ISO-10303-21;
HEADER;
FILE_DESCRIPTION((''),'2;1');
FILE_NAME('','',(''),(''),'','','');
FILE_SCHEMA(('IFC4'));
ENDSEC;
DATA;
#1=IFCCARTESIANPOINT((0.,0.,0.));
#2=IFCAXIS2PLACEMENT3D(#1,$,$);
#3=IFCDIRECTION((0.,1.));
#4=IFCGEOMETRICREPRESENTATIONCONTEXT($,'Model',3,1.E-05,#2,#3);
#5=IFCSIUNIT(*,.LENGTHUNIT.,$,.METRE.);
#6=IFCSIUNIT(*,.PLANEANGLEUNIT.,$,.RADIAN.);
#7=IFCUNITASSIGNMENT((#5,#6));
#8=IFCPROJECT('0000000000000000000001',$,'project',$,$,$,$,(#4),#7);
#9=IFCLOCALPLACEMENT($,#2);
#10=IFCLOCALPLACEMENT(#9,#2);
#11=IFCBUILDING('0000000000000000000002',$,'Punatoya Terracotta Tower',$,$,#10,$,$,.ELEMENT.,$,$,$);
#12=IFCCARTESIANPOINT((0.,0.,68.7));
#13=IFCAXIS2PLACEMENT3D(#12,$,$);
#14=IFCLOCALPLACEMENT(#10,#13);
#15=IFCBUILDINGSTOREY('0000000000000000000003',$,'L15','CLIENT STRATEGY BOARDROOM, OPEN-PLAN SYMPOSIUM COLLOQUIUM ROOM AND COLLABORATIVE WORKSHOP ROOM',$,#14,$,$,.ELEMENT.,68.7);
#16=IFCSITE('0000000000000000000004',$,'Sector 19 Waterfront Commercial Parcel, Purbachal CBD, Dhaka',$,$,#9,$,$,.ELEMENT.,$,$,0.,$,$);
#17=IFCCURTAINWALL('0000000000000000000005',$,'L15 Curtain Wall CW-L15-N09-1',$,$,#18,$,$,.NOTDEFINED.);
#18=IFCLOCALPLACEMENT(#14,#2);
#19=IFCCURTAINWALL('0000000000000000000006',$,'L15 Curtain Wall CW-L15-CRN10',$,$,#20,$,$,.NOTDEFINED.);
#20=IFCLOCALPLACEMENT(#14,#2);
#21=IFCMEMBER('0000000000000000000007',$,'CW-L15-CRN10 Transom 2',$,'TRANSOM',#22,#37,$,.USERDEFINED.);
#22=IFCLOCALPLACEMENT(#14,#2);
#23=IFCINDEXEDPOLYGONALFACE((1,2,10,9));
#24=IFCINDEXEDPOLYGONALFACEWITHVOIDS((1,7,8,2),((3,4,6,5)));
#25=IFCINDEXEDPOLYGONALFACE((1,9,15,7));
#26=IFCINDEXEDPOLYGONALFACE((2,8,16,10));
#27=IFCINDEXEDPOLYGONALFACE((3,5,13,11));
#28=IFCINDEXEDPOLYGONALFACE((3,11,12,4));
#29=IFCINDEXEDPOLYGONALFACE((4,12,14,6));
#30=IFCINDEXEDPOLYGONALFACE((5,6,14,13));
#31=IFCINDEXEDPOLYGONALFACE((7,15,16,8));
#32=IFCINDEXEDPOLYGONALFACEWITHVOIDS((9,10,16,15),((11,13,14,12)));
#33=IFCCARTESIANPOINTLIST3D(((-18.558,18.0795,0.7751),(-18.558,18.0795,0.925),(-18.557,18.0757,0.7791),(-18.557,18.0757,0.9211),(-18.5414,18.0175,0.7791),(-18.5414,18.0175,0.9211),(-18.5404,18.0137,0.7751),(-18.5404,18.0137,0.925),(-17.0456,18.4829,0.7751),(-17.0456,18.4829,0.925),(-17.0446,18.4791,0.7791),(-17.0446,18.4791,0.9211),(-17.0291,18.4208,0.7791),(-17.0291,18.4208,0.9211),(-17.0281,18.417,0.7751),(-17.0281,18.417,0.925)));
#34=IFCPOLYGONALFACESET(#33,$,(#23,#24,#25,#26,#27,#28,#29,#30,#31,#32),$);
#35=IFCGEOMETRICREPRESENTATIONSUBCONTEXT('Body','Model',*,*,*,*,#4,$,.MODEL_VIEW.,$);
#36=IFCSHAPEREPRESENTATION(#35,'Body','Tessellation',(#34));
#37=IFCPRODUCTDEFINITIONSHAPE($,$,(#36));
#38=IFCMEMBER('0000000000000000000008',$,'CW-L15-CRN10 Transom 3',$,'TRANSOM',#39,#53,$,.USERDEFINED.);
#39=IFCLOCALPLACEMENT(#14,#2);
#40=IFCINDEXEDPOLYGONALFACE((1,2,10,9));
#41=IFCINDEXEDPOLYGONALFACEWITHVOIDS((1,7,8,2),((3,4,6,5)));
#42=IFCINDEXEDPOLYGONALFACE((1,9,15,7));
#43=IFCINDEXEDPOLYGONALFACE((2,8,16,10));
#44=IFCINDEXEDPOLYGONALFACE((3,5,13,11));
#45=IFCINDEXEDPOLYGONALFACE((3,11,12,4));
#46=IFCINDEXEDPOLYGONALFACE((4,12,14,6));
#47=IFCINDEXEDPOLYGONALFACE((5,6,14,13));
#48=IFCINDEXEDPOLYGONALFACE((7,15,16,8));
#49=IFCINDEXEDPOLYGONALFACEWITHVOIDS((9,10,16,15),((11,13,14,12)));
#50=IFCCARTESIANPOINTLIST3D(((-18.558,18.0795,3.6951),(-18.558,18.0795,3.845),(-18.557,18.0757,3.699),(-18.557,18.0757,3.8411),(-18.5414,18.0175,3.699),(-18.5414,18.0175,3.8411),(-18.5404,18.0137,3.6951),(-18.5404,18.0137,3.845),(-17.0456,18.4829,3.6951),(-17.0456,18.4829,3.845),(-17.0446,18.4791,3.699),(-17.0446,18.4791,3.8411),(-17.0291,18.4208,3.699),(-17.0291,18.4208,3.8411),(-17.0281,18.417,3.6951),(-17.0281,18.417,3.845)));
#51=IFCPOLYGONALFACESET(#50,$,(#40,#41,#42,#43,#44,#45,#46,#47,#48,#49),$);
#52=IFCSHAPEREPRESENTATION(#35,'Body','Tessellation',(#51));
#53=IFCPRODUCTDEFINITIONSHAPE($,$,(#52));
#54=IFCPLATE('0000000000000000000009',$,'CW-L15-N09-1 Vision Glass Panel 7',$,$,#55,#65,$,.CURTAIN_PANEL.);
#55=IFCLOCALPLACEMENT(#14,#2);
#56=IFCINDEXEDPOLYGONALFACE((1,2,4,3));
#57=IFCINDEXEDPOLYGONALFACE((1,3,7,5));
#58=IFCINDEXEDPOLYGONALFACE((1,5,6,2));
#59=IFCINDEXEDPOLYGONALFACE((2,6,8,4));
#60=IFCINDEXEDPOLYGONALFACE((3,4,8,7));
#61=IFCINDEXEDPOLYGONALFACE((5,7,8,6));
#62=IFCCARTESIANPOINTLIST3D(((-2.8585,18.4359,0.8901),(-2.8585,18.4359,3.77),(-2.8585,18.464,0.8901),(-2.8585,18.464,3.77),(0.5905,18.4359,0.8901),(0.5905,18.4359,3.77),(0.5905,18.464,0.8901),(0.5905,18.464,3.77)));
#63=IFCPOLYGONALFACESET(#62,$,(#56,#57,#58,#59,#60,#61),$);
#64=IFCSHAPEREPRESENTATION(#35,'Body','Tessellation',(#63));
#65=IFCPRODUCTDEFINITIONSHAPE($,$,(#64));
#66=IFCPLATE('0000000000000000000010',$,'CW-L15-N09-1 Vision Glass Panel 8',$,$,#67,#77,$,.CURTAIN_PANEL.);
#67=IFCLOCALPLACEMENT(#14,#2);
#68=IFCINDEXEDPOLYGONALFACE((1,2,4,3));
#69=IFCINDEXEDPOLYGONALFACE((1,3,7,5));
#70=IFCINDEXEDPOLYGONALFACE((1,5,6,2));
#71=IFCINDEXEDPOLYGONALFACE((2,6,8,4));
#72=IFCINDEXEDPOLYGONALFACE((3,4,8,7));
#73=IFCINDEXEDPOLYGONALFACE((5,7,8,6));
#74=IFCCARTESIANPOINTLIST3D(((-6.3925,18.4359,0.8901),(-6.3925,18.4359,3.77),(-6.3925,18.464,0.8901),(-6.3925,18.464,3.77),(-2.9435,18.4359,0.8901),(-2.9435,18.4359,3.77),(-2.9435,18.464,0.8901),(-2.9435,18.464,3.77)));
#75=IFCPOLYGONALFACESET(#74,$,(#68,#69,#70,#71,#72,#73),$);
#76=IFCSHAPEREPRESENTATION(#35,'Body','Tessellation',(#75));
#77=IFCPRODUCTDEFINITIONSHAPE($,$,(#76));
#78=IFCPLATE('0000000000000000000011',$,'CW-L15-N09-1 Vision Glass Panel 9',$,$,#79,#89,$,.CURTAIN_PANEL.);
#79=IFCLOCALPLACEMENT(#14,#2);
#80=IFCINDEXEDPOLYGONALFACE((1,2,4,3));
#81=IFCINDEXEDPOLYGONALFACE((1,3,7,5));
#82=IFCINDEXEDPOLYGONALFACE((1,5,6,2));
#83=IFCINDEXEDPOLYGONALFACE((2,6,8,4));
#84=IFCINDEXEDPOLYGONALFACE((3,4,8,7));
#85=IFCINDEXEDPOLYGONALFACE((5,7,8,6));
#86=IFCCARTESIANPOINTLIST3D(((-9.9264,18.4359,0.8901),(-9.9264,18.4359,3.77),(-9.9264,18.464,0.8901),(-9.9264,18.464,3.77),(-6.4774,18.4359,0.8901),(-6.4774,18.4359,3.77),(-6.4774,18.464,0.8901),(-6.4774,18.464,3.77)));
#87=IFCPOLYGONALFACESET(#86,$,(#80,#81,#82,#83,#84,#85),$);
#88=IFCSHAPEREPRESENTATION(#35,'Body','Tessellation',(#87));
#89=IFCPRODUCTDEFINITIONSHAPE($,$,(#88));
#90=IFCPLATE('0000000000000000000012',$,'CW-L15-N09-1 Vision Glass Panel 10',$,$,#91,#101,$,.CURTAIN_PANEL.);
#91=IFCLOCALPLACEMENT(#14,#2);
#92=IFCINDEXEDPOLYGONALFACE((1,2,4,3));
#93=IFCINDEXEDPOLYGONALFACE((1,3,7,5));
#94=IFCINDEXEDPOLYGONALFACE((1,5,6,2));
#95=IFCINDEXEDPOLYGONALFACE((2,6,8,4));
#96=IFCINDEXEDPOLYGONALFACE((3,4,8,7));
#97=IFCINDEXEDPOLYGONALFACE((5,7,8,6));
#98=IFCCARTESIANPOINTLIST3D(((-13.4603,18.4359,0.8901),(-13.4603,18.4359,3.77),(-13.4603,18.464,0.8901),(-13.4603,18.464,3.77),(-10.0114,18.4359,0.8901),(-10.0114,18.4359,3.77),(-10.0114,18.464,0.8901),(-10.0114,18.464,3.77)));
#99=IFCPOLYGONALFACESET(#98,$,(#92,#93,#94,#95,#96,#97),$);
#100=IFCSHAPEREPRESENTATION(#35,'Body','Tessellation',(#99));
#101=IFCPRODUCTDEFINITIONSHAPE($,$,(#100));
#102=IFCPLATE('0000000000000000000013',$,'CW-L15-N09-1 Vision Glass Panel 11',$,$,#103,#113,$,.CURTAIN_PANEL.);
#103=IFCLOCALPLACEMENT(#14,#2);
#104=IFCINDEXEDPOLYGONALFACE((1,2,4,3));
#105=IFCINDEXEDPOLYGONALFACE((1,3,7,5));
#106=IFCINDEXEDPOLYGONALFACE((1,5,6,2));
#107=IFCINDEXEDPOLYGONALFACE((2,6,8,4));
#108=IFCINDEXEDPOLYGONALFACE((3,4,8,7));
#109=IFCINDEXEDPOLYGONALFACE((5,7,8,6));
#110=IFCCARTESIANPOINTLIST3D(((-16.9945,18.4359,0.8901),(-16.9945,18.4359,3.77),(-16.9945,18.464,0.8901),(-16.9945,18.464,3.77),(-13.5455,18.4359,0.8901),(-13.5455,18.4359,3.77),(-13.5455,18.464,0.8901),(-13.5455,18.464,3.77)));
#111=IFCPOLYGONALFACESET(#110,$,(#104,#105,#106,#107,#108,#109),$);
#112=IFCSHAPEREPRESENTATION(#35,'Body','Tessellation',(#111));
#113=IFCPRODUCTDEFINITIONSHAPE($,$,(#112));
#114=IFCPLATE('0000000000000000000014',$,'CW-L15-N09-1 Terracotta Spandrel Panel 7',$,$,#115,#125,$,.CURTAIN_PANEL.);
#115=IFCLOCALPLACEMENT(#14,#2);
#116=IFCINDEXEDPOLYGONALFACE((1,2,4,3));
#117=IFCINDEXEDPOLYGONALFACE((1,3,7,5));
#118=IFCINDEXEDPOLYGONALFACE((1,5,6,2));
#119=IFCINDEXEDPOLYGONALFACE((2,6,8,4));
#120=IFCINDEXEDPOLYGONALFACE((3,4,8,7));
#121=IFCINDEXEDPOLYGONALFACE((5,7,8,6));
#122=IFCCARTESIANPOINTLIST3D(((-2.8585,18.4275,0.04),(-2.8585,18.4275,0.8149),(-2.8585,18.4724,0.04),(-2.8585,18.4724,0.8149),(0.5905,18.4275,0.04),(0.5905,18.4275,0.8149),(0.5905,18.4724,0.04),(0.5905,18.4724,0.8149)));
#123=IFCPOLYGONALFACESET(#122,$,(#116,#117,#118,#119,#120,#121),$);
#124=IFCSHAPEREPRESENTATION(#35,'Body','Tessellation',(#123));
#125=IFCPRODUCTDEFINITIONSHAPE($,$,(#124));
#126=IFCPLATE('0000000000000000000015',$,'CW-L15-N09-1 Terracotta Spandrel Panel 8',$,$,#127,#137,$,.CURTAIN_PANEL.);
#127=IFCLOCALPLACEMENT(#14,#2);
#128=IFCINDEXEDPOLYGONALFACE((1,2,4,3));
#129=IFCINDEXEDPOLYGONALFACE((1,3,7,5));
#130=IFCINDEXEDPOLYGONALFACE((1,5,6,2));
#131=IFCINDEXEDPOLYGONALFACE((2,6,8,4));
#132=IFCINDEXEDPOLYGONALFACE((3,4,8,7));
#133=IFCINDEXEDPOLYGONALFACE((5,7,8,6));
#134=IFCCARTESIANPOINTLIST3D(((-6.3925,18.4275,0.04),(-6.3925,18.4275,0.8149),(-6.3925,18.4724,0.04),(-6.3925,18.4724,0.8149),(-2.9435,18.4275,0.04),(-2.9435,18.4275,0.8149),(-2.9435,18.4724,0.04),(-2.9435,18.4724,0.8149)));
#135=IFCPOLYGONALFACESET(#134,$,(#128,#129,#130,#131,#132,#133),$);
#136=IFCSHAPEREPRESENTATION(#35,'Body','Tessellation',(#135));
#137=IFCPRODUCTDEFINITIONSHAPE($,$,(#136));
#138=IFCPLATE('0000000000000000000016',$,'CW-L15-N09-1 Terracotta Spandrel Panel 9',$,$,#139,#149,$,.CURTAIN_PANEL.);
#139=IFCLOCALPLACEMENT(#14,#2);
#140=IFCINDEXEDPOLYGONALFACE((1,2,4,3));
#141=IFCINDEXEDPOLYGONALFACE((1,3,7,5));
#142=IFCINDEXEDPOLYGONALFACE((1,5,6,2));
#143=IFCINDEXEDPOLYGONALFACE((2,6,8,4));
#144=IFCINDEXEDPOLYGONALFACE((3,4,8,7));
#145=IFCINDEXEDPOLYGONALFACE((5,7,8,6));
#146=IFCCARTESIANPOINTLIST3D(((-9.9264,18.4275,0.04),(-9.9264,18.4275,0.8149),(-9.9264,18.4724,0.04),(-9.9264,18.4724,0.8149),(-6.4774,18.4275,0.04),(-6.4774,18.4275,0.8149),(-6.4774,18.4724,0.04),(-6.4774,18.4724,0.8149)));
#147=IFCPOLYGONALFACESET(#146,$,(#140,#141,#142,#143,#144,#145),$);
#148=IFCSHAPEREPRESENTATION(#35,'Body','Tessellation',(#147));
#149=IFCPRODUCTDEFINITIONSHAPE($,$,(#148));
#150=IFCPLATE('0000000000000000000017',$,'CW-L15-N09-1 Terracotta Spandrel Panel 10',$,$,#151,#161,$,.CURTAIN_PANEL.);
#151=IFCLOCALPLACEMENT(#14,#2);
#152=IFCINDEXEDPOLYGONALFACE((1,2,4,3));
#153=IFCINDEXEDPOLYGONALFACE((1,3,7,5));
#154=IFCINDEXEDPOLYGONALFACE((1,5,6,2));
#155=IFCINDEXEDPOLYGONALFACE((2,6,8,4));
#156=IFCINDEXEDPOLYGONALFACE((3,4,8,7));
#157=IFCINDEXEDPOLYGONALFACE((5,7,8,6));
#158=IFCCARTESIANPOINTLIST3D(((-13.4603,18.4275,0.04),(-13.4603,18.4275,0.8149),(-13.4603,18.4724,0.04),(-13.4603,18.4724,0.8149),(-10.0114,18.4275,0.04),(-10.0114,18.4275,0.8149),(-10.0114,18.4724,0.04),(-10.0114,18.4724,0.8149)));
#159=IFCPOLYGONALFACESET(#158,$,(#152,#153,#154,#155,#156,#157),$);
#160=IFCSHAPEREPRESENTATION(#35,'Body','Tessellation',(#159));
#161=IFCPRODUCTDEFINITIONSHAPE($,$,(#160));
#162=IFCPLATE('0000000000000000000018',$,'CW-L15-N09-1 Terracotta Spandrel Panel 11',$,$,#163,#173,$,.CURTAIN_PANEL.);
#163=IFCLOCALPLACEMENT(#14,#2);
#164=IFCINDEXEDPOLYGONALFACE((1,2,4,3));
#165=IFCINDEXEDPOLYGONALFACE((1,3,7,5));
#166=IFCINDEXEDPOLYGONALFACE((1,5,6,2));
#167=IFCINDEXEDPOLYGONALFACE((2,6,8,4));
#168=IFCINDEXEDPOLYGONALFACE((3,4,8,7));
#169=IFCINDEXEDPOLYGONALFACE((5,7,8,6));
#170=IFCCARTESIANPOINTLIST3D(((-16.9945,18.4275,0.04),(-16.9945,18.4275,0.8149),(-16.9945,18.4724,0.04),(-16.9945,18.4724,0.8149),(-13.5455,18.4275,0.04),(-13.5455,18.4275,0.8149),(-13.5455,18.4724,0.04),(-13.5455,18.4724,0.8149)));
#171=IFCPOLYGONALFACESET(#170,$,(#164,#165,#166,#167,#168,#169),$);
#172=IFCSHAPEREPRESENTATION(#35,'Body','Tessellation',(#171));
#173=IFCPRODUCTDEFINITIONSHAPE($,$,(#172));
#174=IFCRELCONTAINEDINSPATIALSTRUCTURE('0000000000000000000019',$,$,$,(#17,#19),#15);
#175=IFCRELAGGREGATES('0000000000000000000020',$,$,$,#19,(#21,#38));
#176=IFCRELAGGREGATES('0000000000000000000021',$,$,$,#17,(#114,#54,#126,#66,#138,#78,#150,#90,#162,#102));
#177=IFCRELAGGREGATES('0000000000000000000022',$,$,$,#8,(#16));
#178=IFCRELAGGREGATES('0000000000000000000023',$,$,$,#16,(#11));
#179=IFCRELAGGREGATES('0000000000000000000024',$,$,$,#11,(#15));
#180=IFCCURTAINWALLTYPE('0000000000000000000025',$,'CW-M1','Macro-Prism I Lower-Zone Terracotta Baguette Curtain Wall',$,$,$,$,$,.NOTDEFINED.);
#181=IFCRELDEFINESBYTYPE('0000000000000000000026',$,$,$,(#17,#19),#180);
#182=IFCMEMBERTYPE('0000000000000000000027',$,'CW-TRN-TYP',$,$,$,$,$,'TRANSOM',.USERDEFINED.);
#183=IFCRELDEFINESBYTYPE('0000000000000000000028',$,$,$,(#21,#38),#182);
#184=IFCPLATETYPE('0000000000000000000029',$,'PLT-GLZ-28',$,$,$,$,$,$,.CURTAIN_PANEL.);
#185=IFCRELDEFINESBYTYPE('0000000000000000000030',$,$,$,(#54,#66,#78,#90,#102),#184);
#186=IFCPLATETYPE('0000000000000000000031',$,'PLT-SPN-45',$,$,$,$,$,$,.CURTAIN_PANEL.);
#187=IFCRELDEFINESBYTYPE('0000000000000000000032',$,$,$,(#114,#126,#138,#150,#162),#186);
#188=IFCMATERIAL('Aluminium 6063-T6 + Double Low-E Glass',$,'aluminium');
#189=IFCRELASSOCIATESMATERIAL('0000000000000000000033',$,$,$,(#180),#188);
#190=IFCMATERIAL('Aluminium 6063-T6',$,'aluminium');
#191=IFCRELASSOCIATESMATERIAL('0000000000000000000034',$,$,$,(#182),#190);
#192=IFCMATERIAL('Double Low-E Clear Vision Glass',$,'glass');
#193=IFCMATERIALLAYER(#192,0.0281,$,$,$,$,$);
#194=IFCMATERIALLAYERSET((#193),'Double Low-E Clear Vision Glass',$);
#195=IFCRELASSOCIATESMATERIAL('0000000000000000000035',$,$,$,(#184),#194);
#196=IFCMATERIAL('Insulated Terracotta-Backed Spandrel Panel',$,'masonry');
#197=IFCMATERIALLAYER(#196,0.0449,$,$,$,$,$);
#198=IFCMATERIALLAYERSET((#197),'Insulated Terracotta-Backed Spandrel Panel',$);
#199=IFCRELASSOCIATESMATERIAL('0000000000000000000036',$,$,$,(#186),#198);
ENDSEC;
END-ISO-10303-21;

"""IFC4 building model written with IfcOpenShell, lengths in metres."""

from ifc_helpers import new_model, si_unit, direction, frame, origin, origin_2d, place, context, subcontext, project, spatial, rectangle, hollow_rectangle, extrude, material, layer, layer_set, material_profile, profile_set, type_object, element, aggregate, save


model = new_model("IFC4")

# Units and contexts
model_context = context("Model", 3, precision=1e-05, world=origin(), true_north=direction((0.0, 1.0)))
body_context = subcontext(model_context, "Body", "Model", "MODEL_VIEW")
ifc_project = project(units=[si_unit("LENGTHUNIT", "METRE"), si_unit("PLANEANGLEUNIT", "RADIAN")], contexts=[model_context])

# Site, building, storey
site_placement = place(None, origin())
site = spatial("IfcSite", under=ifc_project, at=site_placement, Name="Sector 19 Waterfront Commercial Parcel, Purbachal CBD, Dhaka", CompositionType="ELEMENT", RefElevation=0.0)
building_placement = place(site_placement, origin())
building = spatial("IfcBuilding", under=site, at=building_placement, Name="Punatoya Terracotta Tower", CompositionType="ELEMENT")
storey_placement = place(building_placement, frame((0.0, 0.0, 68.7)))
storey = spatial("IfcBuildingStorey", under=building, at=storey_placement, Name="L15", Description="CLIENT STRATEGY BOARDROOM, OPEN-PLAN SYMPOSIUM COLLOQUIUM ROOM AND COLLABORATIVE WORKSHOP ROOM", CompositionType="ELEMENT", Elevation=68.7)

# Curtain walls, members
ifc_material_1 = material(Name="Aluminium 6063-T6 + Double Low-E Glass", Category="aluminium")
curtain_wall_type = type_object("IfcCurtainWallType", Name="CW-M1", Description="Macro-Prism I Lower-Zone Terracotta Baguette Curtain Wall", PredefinedType="NOTDEFINED", material=ifc_material_1)
curtain_wall_1_placement = place(storey_placement, origin())
curtain_wall_1 = element("IfcCurtainWall", 1, at=curtain_wall_1_placement, inside=storey, type_object=curtain_wall_type, Name="L15 Curtain Wall CW-L15-N09-1", PredefinedType="NOTDEFINED")
ifc_material_2 = material(Name="Aluminium 6063-T6", Category="aluminium")
curtain_wall_2_placement = place(storey_placement, origin())
curtain_wall_2 = element("IfcCurtainWall", 2, at=curtain_wall_2_placement, inside=storey, type_object=curtain_wall_type, Name="L15 Curtain Wall CW-L15-CRN10", PredefinedType="NOTDEFINED")
ifc_material_profile_1 = material_profile(ifc_material_2, hollow_rectangle(XDim=0.0681, YDim=0.1499, WallThickness=0.0039, at=origin_2d()))
ifc_profile_set_1 = profile_set([ifc_material_profile_1], Name="Aluminium 6063-T6")
member_type_1 = type_object("IfcMemberType", Name="CW-TRN-TYP", ElementType="TRANSOM", PredefinedType="USERDEFINED", material=ifc_profile_set_1)
member_1_placement = place(storey_placement, frame((-17.0369, 18.45, 0.8501), z_axis=(-0.966225, -0.257701, 0.0), x_axis=(0.257701, -0.966225, 0.0)))
member_1 = element("IfcMember", 3, at=member_1_placement, type_object=member_type_1, Name="CW-L15-CRN10 Transom 2", ObjectType="TRANSOM", PredefinedType="USERDEFINED", context=body_context, shape_type="SweptSolid", body=[
    extrude(hollow_rectangle(XDim=0.0681, YDim=0.1499, WallThickness=0.0039, at=origin_2d()), origin(), (0.0, 0.0, 1.0), 1.5652),
])
member_2_placement = place(storey_placement, frame((-17.0369, 18.45, 3.77), z_axis=(-0.966225, -0.257701, 0.0), x_axis=(0.257701, -0.966225, 0.0)))
member_2 = element("IfcMember", 4, at=member_2_placement, type_object=member_type_1, Name="CW-L15-CRN10 Transom 3", ObjectType="TRANSOM", PredefinedType="USERDEFINED", context=body_context, shape_type="SweptSolid", body=[
    extrude(hollow_rectangle(XDim=0.0681, YDim=0.1499, WallThickness=0.0039, at=origin_2d()), origin(), (0.0, 0.0, 1.0), 1.5652),
])
aggregate(curtain_wall_2, [member_1, member_2])

# Plates
ifc_material_3 = material(Name="Double Low-E Clear Vision Glass", Category="glass")
ifc_layer_1 = layer(ifc_material_3, 0.0281)
ifc_layer_set_1 = layer_set([ifc_layer_1], Name="Double Low-E Clear Vision Glass")
plate_type_1 = type_object("IfcPlateType", Name="PLT-GLZ-28", PredefinedType="CURTAIN_PANEL", material=ifc_layer_set_1)
plate_1_placement = place(storey_placement, frame((-1.134, 18.45, 0.8901), z_axis=(0.0, 0.0, 1.0), x_axis=(-1.0, 0.0, 0.0)))
plate_1 = element("IfcPlate", 5, at=plate_1_placement, type_object=plate_type_1, Name="CW-L15-N09-1 Vision Glass Panel 7", PredefinedType="CURTAIN_PANEL", context=body_context, shape_type="SweptSolid", body=[
    extrude(rectangle(XDim=3.449, YDim=0.0281, at=origin_2d()), origin(), (0.0, 0.0, 1.0), 2.8799),
])
plate_2_placement = place(storey_placement, frame((-4.668, 18.45, 0.8901), z_axis=(0.0, 0.0, 1.0), x_axis=(-1.0, 0.0, 0.0)))
plate_2 = element("IfcPlate", 6, at=plate_2_placement, type_object=plate_type_1, Name="CW-L15-N09-1 Vision Glass Panel 8", PredefinedType="CURTAIN_PANEL", context=body_context, shape_type="SweptSolid", body=[
    extrude(rectangle(XDim=3.449, YDim=0.0281, at=origin_2d()), origin(), (0.0, 0.0, 1.0), 2.8799),
])
plate_3_placement = place(storey_placement, frame((-8.2019, 18.45, 0.8901), z_axis=(0.0, 0.0, 1.0), x_axis=(-1.0, 0.0, 0.0)))
plate_3 = element("IfcPlate", 7, at=plate_3_placement, type_object=plate_type_1, Name="CW-L15-N09-1 Vision Glass Panel 9", PredefinedType="CURTAIN_PANEL", context=body_context, shape_type="SweptSolid", body=[
    extrude(rectangle(XDim=3.449, YDim=0.0281, at=origin_2d()), origin(), (0.0, 0.0, 1.0), 2.8799),
])
plate_4_placement = place(storey_placement, frame((-11.7358, 18.45, 0.8901), z_axis=(0.0, 0.0, 1.0), x_axis=(-1.0, 0.0, 0.0)))
plate_4 = element("IfcPlate", 8, at=plate_4_placement, type_object=plate_type_1, Name="CW-L15-N09-1 Vision Glass Panel 10", PredefinedType="CURTAIN_PANEL", context=body_context, shape_type="SweptSolid", body=[
    extrude(rectangle(XDim=3.449, YDim=0.0281, at=origin_2d()), origin(), (0.0, 0.0, 1.0), 2.8799),
])
plate_5_placement = place(storey_placement, frame((-15.27, 18.45, 0.8901), z_axis=(0.0, 0.0, 1.0), x_axis=(-1.0, 0.0, 0.0)))
plate_5 = element("IfcPlate", 9, at=plate_5_placement, type_object=plate_type_1, Name="CW-L15-N09-1 Vision Glass Panel 11", PredefinedType="CURTAIN_PANEL", context=body_context, shape_type="SweptSolid", body=[
    extrude(rectangle(XDim=3.449, YDim=0.0281, at=origin_2d()), origin(), (0.0, 0.0, 1.0), 2.8799),
])
ifc_material_4 = material(Name="Insulated Terracotta-Backed Spandrel Panel", Category="masonry")
ifc_layer_2 = layer(ifc_material_4, 0.0449)
ifc_layer_set_2 = layer_set([ifc_layer_2], Name="Insulated Terracotta-Backed Spandrel Panel")
plate_type_2 = type_object("IfcPlateType", Name="PLT-SPN-45", PredefinedType="CURTAIN_PANEL", material=ifc_layer_set_2)
plate_6_placement = place(storey_placement, frame((-1.134, 18.45, 0.04), z_axis=(0.0, 0.0, 1.0), x_axis=(-1.0, 0.0, 0.0)))
plate_6 = element("IfcPlate", 10, at=plate_6_placement, type_object=plate_type_2, Name="CW-L15-N09-1 Terracotta Spandrel Panel 7", PredefinedType="CURTAIN_PANEL", context=body_context, shape_type="SweptSolid", body=[
    extrude(rectangle(XDim=3.449, YDim=0.0449, at=origin_2d()), origin(), (0.0, 0.0, 1.0), 0.7749),
])
plate_7_placement = place(storey_placement, frame((-4.668, 18.45, 0.04), z_axis=(0.0, 0.0, 1.0), x_axis=(-1.0, 0.0, 0.0)))
plate_7 = element("IfcPlate", 11, at=plate_7_placement, type_object=plate_type_2, Name="CW-L15-N09-1 Terracotta Spandrel Panel 8", PredefinedType="CURTAIN_PANEL", context=body_context, shape_type="SweptSolid", body=[
    extrude(rectangle(XDim=3.449, YDim=0.0449, at=origin_2d()), origin(), (0.0, 0.0, 1.0), 0.7749),
])
plate_8_placement = place(storey_placement, frame((-8.2019, 18.45, 0.04), z_axis=(0.0, 0.0, 1.0), x_axis=(-1.0, 0.0, 0.0)))
plate_8 = element("IfcPlate", 12, at=plate_8_placement, type_object=plate_type_2, Name="CW-L15-N09-1 Terracotta Spandrel Panel 9", PredefinedType="CURTAIN_PANEL", context=body_context, shape_type="SweptSolid", body=[
    extrude(rectangle(XDim=3.449, YDim=0.0449, at=origin_2d()), origin(), (0.0, 0.0, 1.0), 0.7749),
])
plate_9_placement = place(storey_placement, frame((-11.7358, 18.45, 0.04), z_axis=(0.0, 0.0, 1.0), x_axis=(-1.0, 0.0, 0.0)))
plate_9 = element("IfcPlate", 13, at=plate_9_placement, type_object=plate_type_2, Name="CW-L15-N09-1 Terracotta Spandrel Panel 10", PredefinedType="CURTAIN_PANEL", context=body_context, shape_type="SweptSolid", body=[
    extrude(rectangle(XDim=3.449, YDim=0.0449, at=origin_2d()), origin(), (0.0, 0.0, 1.0), 0.7749),
])
plate_10_placement = place(storey_placement, frame((-15.27, 18.45, 0.04), z_axis=(0.0, 0.0, 1.0), x_axis=(-1.0, 0.0, 0.0)))
plate_10 = element("IfcPlate", 14, at=plate_10_placement, type_object=plate_type_2, Name="CW-L15-N09-1 Terracotta Spandrel Panel 11", PredefinedType="CURTAIN_PANEL", context=body_context, shape_type="SweptSolid", body=[
    extrude(rectangle(XDim=3.449, YDim=0.0449, at=origin_2d()), origin(), (0.0, 0.0, 1.0), 0.7749),
])
aggregate(curtain_wall_1, [plate_6, plate_1, plate_7, plate_2, plate_8, plate_3, plate_9, plate_4, plate_10, plate_5])

save(model, "model.ifc")
